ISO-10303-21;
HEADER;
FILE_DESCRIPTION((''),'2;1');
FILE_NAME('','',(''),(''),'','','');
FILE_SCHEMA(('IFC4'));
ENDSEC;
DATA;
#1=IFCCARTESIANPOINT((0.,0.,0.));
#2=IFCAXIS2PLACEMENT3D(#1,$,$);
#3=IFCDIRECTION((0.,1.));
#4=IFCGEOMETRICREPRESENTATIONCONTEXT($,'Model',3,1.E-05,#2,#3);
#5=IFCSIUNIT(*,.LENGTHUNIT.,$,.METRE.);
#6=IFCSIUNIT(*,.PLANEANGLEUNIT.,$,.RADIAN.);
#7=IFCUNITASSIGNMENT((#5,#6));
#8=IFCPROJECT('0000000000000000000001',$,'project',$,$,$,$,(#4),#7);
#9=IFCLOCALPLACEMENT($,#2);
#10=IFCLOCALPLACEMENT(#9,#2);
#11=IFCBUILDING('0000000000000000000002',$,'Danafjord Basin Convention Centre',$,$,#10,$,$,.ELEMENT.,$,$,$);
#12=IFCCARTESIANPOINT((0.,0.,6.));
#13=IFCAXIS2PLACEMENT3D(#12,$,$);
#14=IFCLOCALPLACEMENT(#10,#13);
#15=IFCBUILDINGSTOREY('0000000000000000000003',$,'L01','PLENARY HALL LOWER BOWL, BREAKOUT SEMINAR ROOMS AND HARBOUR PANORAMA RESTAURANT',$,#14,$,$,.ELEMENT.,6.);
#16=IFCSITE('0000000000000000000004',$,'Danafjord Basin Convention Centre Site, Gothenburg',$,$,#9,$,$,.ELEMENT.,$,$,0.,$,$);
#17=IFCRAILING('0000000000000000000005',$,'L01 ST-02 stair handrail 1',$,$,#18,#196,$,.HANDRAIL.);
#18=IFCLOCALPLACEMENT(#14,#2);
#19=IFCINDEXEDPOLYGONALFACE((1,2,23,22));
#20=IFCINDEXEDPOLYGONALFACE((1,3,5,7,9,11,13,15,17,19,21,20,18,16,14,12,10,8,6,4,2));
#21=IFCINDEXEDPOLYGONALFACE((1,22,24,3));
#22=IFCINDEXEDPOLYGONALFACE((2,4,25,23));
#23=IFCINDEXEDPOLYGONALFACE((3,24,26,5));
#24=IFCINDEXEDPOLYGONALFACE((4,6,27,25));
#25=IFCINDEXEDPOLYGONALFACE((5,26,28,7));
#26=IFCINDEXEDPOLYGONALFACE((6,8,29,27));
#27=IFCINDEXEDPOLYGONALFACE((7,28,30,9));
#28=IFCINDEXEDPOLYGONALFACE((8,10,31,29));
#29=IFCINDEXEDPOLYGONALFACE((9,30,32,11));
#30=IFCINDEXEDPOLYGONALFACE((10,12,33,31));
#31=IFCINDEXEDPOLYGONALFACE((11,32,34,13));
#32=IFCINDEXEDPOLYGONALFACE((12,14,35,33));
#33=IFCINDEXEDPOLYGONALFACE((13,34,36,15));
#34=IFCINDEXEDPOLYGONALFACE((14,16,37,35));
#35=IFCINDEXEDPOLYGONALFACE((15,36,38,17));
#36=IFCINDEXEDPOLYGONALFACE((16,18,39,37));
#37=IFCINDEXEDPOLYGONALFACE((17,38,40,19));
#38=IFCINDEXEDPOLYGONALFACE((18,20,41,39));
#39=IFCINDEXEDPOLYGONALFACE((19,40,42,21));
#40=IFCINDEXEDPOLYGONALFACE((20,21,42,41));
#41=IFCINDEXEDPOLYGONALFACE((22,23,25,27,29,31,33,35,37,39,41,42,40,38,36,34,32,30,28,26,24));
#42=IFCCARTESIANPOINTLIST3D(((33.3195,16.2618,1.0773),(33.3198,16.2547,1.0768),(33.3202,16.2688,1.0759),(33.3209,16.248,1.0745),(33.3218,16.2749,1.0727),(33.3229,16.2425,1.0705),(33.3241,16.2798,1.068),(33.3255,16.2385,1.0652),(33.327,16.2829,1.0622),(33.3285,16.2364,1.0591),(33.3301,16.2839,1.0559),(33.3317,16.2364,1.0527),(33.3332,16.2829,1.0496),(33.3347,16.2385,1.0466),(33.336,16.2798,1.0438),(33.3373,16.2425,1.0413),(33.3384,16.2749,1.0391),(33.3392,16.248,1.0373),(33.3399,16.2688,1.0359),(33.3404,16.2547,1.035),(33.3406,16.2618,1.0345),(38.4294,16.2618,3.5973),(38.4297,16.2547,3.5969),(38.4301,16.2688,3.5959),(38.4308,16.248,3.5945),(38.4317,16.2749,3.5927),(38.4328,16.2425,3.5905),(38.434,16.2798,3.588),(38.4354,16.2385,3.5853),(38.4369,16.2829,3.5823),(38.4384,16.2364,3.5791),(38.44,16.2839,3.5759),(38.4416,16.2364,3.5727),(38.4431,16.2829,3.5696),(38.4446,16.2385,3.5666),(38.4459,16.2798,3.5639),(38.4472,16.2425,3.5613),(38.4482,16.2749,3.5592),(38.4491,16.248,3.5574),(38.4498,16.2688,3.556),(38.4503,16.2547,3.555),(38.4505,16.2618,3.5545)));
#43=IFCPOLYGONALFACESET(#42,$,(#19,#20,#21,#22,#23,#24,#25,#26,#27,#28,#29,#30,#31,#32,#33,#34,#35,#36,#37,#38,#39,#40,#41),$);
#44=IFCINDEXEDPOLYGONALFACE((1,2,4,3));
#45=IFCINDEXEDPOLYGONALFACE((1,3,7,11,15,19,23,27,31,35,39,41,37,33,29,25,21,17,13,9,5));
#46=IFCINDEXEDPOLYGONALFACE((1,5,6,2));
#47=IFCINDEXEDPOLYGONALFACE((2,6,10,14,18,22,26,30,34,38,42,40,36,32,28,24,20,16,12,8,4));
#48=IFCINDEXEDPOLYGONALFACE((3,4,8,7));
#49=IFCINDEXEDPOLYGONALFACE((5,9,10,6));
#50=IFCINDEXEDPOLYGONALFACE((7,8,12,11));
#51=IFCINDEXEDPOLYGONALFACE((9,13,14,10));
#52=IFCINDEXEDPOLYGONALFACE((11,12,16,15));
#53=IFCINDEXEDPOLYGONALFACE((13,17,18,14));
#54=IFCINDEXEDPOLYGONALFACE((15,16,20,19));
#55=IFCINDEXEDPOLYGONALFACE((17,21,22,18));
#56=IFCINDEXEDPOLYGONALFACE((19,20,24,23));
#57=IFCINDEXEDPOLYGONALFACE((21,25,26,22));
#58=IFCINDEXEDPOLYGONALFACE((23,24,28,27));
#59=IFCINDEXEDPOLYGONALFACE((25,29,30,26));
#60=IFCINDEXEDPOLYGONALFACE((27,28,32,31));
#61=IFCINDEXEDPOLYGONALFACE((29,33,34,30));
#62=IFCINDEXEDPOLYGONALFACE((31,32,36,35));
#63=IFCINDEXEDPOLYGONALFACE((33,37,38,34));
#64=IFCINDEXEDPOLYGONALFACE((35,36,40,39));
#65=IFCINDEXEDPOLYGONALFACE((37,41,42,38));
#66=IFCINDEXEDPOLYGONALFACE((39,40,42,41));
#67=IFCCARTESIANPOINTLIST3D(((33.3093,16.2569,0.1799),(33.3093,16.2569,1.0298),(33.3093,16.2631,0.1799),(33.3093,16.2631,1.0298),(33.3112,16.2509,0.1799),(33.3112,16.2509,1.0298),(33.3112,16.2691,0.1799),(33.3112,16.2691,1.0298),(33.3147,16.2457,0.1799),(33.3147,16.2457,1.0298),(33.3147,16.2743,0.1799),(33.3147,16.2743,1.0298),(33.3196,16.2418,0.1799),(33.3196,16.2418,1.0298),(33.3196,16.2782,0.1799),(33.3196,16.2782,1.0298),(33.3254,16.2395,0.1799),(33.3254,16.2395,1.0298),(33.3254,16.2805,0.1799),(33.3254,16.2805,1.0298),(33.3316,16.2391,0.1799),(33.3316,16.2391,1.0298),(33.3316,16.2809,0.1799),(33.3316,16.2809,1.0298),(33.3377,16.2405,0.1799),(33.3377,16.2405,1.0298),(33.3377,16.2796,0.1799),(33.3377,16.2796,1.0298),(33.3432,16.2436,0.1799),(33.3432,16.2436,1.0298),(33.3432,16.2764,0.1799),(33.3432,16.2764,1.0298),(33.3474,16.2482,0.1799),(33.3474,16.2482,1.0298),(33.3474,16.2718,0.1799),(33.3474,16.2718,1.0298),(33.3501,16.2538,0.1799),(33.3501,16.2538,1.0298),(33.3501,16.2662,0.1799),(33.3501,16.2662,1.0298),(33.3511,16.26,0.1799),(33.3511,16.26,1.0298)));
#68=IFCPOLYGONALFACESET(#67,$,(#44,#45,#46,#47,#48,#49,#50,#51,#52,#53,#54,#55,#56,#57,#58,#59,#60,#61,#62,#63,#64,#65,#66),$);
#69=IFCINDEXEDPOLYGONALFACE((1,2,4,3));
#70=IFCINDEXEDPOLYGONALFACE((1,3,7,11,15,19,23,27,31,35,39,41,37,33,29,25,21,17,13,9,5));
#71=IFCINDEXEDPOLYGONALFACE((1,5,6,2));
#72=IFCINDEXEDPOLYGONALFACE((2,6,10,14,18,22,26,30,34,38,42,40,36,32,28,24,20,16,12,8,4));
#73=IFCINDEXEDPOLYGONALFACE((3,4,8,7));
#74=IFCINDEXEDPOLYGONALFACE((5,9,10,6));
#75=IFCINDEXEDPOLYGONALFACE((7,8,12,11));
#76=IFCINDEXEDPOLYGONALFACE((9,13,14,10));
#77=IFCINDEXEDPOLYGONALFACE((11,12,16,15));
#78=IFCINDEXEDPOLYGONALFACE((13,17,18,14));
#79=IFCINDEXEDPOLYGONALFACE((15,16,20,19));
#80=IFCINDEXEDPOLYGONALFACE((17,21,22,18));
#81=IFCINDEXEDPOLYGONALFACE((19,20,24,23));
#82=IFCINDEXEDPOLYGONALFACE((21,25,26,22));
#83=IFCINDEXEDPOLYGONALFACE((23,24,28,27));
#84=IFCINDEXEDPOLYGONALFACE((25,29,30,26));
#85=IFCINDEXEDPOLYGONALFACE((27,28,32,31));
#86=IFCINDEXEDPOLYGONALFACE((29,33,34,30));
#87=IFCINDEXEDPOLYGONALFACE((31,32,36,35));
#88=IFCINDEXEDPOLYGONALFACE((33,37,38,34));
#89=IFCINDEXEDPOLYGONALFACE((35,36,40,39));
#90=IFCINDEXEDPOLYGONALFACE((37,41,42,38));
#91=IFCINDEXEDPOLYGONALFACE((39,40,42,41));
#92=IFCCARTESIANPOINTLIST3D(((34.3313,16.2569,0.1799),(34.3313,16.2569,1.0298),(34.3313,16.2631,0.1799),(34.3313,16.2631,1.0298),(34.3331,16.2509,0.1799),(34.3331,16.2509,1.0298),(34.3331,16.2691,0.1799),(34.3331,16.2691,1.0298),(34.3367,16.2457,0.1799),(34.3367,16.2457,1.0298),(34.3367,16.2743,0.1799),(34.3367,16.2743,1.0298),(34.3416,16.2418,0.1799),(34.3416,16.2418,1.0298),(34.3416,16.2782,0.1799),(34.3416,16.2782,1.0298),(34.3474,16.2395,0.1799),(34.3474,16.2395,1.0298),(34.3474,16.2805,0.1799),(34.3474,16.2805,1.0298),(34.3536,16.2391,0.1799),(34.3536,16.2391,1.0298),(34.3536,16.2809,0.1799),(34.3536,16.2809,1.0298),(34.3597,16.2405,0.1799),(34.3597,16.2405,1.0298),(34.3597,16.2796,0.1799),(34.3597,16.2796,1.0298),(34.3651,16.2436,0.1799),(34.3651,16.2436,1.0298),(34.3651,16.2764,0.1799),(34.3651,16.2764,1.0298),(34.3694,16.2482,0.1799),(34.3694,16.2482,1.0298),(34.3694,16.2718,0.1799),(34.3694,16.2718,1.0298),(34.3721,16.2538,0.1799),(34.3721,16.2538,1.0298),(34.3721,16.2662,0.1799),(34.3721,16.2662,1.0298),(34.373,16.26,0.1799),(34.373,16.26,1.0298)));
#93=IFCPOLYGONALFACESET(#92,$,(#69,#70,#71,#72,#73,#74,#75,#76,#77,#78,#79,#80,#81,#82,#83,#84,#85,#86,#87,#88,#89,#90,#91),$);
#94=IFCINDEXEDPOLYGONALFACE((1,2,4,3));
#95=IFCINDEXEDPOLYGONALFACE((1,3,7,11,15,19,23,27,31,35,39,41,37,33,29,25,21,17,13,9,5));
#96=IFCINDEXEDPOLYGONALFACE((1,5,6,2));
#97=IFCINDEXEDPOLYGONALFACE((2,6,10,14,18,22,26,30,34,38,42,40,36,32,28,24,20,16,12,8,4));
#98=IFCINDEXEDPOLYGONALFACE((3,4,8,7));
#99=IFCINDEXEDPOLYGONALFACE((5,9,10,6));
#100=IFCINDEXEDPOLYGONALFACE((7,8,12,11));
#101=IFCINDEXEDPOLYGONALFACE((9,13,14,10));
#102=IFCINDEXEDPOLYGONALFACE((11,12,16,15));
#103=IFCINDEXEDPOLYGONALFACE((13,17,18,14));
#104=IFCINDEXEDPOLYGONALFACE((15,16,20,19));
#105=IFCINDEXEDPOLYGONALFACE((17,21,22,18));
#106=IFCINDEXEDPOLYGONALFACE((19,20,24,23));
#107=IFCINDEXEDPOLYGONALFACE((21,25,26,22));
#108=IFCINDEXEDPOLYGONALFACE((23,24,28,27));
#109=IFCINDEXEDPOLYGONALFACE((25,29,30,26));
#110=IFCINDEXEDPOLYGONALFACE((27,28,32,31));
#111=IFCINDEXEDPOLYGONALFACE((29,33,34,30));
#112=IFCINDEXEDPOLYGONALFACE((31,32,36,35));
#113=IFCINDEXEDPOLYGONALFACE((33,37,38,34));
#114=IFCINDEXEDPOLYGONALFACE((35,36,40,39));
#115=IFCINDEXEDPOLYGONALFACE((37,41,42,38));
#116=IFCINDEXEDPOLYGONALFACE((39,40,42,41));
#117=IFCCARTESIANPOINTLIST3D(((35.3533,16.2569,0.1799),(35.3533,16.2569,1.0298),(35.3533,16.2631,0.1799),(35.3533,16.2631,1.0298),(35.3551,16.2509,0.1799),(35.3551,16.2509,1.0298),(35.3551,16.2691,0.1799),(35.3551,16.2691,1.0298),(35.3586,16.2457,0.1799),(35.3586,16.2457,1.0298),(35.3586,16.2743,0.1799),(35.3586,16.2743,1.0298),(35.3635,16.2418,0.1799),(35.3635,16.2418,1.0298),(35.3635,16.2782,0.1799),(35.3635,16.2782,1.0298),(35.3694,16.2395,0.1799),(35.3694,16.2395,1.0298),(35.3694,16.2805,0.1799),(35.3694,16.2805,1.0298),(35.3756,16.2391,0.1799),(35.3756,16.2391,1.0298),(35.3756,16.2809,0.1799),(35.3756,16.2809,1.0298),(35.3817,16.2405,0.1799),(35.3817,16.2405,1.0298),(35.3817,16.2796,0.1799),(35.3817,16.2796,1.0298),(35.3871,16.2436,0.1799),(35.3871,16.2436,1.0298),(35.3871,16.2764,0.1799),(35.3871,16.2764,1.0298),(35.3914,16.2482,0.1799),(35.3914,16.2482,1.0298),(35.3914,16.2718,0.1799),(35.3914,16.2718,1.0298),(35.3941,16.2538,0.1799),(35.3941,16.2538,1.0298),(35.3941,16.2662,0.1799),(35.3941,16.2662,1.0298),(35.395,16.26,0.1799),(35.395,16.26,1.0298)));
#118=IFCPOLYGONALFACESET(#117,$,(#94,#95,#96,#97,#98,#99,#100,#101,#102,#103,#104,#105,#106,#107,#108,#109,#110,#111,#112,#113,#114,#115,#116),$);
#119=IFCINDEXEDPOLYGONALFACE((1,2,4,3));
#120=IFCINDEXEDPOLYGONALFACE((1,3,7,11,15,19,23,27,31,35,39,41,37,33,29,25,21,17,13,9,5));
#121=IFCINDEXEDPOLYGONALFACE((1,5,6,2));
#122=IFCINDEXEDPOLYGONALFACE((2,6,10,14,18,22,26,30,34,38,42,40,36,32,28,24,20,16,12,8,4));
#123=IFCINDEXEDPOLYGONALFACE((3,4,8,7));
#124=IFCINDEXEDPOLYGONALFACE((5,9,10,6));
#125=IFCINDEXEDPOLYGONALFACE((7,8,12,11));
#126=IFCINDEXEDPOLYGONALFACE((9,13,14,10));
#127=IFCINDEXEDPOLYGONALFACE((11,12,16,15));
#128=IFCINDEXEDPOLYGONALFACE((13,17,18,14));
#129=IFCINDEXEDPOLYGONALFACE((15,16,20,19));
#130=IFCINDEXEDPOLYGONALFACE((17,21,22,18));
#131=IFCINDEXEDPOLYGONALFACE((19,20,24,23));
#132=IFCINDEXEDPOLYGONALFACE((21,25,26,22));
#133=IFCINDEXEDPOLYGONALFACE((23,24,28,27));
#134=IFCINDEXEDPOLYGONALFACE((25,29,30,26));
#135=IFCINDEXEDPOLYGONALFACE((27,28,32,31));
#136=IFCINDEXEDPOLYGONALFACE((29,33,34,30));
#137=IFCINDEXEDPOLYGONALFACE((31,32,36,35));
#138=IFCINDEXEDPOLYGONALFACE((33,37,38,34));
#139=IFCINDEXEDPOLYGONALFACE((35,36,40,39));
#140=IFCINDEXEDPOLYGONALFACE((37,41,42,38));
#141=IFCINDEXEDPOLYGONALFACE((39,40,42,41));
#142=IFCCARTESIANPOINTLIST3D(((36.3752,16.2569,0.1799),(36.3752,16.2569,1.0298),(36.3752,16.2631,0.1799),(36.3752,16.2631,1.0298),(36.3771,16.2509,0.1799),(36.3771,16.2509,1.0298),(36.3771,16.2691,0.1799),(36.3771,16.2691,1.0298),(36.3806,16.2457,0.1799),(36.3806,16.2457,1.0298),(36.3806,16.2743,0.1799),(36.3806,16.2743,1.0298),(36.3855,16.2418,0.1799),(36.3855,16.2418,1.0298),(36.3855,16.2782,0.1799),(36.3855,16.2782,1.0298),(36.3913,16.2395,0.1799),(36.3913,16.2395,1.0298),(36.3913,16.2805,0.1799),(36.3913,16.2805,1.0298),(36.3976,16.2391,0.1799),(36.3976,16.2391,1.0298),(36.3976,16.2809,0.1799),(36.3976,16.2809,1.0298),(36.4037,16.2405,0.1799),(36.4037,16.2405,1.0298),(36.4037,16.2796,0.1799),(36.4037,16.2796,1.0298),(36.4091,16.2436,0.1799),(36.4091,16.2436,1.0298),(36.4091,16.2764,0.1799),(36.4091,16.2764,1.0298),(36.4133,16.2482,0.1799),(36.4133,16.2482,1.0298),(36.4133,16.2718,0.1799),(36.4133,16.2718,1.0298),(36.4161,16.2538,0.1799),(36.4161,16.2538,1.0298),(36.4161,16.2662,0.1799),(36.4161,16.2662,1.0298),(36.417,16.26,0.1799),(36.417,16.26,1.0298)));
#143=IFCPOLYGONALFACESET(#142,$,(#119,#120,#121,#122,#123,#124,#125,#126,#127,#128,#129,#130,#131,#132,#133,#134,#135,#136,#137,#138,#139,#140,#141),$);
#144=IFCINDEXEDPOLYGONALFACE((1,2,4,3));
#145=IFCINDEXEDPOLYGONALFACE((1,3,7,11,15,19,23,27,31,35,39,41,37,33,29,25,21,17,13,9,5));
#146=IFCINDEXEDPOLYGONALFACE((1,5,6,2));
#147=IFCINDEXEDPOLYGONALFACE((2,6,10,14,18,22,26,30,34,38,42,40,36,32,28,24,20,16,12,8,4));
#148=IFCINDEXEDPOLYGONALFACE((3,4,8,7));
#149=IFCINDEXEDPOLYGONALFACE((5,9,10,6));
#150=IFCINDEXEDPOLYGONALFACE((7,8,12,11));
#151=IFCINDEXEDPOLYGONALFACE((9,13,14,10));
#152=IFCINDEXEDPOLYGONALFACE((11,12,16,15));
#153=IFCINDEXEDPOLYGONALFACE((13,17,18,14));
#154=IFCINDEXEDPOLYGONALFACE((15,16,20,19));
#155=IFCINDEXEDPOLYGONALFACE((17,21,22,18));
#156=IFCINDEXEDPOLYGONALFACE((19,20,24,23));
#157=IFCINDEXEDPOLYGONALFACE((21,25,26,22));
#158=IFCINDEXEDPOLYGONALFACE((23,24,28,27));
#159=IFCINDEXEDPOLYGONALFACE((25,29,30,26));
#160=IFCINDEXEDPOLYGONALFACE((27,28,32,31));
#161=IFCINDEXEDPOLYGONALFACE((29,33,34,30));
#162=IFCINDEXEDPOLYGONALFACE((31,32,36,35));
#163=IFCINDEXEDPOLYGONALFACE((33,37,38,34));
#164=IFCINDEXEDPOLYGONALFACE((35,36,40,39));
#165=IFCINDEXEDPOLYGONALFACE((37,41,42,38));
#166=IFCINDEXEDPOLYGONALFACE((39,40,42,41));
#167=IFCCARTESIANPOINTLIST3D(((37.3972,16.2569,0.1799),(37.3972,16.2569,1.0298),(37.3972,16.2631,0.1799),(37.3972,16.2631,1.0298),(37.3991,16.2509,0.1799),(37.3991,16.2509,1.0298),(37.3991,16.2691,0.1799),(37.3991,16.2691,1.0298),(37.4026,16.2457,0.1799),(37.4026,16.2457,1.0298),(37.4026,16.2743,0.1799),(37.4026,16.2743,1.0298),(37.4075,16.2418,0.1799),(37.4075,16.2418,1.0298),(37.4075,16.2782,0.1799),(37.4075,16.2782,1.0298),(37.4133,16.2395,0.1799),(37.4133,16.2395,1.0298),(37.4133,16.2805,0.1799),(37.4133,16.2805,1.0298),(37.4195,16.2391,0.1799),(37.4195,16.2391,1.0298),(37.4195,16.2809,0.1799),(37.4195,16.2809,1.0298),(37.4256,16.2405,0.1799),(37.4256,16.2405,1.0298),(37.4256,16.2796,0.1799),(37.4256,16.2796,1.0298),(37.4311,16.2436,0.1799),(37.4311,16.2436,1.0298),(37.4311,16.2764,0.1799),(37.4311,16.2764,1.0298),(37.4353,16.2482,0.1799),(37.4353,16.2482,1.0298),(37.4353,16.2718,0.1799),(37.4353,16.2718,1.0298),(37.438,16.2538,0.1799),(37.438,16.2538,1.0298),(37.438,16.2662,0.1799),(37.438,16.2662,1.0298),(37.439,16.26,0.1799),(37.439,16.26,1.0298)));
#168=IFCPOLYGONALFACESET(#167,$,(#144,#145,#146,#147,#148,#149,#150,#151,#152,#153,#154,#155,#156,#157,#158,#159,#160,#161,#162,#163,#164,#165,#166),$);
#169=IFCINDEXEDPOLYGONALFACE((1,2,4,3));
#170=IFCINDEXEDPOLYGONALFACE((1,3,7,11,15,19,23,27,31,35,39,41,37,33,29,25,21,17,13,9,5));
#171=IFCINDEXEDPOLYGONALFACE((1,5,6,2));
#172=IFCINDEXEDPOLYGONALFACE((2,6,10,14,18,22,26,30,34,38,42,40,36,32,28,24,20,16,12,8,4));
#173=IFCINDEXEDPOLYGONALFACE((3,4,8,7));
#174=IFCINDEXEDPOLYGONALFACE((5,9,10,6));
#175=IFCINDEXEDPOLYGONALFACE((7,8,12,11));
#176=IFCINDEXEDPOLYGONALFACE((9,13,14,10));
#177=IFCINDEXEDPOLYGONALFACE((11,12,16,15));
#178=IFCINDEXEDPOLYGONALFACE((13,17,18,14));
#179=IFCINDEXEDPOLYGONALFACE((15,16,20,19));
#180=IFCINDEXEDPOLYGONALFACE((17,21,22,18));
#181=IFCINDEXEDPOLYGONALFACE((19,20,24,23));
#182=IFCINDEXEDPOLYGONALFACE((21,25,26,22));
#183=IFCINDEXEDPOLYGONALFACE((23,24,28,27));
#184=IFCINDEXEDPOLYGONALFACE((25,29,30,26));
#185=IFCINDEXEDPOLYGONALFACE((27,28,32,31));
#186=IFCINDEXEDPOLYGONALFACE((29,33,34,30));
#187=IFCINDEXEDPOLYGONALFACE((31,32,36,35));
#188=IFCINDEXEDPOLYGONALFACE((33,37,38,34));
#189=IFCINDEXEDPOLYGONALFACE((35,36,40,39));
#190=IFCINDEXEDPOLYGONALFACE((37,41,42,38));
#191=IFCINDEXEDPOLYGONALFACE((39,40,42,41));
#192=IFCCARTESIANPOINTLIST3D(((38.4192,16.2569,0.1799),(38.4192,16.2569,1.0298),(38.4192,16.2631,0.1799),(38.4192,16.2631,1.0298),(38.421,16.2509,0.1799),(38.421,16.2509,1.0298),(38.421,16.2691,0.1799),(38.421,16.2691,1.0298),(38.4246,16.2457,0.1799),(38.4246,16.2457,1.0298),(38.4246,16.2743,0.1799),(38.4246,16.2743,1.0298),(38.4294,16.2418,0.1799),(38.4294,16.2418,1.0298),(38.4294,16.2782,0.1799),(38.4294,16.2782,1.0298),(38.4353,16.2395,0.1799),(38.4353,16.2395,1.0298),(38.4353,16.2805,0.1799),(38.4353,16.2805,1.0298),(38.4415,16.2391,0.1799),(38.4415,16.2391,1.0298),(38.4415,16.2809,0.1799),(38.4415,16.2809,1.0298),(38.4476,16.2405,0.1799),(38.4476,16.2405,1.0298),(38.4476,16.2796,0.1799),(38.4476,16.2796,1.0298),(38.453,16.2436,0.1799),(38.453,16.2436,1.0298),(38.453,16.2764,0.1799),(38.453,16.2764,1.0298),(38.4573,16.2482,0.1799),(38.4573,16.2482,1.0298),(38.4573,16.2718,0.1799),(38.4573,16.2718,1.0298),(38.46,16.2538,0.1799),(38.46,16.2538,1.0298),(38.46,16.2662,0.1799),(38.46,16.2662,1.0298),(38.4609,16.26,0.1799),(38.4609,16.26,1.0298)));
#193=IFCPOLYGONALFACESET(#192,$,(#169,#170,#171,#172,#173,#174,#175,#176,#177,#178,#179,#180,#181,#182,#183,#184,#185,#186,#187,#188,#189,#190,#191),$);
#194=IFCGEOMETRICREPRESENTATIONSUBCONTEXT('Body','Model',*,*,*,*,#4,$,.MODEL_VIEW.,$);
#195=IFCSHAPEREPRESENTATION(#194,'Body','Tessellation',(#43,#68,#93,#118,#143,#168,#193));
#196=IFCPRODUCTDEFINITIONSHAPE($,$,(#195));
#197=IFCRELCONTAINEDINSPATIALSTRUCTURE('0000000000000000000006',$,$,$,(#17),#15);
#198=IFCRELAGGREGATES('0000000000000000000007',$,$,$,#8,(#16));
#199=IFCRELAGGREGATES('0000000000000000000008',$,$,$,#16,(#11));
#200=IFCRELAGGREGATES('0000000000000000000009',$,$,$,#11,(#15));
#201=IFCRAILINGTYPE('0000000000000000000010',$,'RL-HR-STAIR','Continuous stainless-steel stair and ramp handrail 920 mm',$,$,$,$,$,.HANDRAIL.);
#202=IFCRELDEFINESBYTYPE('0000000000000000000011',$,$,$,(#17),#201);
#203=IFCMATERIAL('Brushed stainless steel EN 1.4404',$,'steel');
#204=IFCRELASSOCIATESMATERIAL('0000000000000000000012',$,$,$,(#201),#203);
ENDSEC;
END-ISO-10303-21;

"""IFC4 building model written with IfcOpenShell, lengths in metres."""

from ifc_helpers import new_model, si_unit, direction, frame, origin, origin_2d, place, context, subcontext, project, spatial, circle, extrude, material, type_object, element, save


model = new_model("IFC4")

# Units and contexts
model_context = context("Model", 3, precision=1e-05, world=origin(), true_north=direction((0.0, 1.0)))
body_context = subcontext(model_context, "Body", "Model", "MODEL_VIEW")
ifc_project = project(units=[si_unit("LENGTHUNIT", "METRE"), si_unit("PLANEANGLEUNIT", "RADIAN")], contexts=[model_context])

# Site, building, storey
site_placement = place(None, origin())
site = spatial("IfcSite", under=ifc_project, at=site_placement, Name="Danafjord Basin Convention Centre Site, Gothenburg", CompositionType="ELEMENT", RefElevation=0.0)
building_placement = place(site_placement, origin())
building = spatial("IfcBuilding", under=site, at=building_placement, Name="Danafjord Basin Convention Centre", CompositionType="ELEMENT")
storey_placement = place(building_placement, frame((0.0, 0.0, 6.0)))
storey = spatial("IfcBuildingStorey", under=building, at=storey_placement, Name="L01", Description="PLENARY HALL LOWER BOWL, BREAKOUT SEMINAR ROOMS AND HARBOUR PANORAMA RESTAURANT", CompositionType="ELEMENT", Elevation=6.0)

# Railing
ifc_material_1 = material(Name="Brushed stainless steel EN 1.4404", Category="steel")
railing_type_1 = type_object("IfcRailingType", Name="RL-HR-STAIR", Description="Continuous stainless-steel stair and ramp handrail 920 mm", PredefinedType="HANDRAIL", material=ifc_material_1)
railing_1_placement = place(storey_placement, frame((33.3301, 16.26, 0.1799)))
element("IfcRailing", 1, at=railing_1_placement, inside=storey, type_object=railing_type_1, Name="L01 ST-02 stair handrail 1", PredefinedType="HANDRAIL", context=body_context, shape_type="SweptSolid", body=[
    extrude(circle(Radius=0.0239, at=origin_2d()), frame((0.0, 0.0, 0.876), z_axis=(0.896865, 0.0, 0.442305), x_axis=(0.0, 1.0, 0.0)), (0.0, 0.0, 1.0), 5.6975),
    extrude(circle(Radius=0.021, at=origin_2d()), origin(), (0.0, 0.0, 1.0), 0.8499),
    extrude(circle(Radius=0.021, at=origin_2d()), frame((1.022, 0.0, 0.0)), (0.0, 0.0, 1.0), 0.8499),
    extrude(circle(Radius=0.021, at=origin_2d()), frame((2.0439, 0.0, 0.0)), (0.0, 0.0, 1.0), 0.8499),
    extrude(circle(Radius=0.021, at=origin_2d()), frame((3.0659, 0.0, 0.0)), (0.0, 0.0, 1.0), 0.8499),
    extrude(circle(Radius=0.021, at=origin_2d()), frame((4.0879, 0.0, 0.0)), (0.0, 0.0, 1.0), 0.8499),
    extrude(circle(Radius=0.021, at=origin_2d()), frame((5.1099, 0.0, 0.0)), (0.0, 0.0, 1.0), 0.8499),
])

save(model, "model.ifc")
